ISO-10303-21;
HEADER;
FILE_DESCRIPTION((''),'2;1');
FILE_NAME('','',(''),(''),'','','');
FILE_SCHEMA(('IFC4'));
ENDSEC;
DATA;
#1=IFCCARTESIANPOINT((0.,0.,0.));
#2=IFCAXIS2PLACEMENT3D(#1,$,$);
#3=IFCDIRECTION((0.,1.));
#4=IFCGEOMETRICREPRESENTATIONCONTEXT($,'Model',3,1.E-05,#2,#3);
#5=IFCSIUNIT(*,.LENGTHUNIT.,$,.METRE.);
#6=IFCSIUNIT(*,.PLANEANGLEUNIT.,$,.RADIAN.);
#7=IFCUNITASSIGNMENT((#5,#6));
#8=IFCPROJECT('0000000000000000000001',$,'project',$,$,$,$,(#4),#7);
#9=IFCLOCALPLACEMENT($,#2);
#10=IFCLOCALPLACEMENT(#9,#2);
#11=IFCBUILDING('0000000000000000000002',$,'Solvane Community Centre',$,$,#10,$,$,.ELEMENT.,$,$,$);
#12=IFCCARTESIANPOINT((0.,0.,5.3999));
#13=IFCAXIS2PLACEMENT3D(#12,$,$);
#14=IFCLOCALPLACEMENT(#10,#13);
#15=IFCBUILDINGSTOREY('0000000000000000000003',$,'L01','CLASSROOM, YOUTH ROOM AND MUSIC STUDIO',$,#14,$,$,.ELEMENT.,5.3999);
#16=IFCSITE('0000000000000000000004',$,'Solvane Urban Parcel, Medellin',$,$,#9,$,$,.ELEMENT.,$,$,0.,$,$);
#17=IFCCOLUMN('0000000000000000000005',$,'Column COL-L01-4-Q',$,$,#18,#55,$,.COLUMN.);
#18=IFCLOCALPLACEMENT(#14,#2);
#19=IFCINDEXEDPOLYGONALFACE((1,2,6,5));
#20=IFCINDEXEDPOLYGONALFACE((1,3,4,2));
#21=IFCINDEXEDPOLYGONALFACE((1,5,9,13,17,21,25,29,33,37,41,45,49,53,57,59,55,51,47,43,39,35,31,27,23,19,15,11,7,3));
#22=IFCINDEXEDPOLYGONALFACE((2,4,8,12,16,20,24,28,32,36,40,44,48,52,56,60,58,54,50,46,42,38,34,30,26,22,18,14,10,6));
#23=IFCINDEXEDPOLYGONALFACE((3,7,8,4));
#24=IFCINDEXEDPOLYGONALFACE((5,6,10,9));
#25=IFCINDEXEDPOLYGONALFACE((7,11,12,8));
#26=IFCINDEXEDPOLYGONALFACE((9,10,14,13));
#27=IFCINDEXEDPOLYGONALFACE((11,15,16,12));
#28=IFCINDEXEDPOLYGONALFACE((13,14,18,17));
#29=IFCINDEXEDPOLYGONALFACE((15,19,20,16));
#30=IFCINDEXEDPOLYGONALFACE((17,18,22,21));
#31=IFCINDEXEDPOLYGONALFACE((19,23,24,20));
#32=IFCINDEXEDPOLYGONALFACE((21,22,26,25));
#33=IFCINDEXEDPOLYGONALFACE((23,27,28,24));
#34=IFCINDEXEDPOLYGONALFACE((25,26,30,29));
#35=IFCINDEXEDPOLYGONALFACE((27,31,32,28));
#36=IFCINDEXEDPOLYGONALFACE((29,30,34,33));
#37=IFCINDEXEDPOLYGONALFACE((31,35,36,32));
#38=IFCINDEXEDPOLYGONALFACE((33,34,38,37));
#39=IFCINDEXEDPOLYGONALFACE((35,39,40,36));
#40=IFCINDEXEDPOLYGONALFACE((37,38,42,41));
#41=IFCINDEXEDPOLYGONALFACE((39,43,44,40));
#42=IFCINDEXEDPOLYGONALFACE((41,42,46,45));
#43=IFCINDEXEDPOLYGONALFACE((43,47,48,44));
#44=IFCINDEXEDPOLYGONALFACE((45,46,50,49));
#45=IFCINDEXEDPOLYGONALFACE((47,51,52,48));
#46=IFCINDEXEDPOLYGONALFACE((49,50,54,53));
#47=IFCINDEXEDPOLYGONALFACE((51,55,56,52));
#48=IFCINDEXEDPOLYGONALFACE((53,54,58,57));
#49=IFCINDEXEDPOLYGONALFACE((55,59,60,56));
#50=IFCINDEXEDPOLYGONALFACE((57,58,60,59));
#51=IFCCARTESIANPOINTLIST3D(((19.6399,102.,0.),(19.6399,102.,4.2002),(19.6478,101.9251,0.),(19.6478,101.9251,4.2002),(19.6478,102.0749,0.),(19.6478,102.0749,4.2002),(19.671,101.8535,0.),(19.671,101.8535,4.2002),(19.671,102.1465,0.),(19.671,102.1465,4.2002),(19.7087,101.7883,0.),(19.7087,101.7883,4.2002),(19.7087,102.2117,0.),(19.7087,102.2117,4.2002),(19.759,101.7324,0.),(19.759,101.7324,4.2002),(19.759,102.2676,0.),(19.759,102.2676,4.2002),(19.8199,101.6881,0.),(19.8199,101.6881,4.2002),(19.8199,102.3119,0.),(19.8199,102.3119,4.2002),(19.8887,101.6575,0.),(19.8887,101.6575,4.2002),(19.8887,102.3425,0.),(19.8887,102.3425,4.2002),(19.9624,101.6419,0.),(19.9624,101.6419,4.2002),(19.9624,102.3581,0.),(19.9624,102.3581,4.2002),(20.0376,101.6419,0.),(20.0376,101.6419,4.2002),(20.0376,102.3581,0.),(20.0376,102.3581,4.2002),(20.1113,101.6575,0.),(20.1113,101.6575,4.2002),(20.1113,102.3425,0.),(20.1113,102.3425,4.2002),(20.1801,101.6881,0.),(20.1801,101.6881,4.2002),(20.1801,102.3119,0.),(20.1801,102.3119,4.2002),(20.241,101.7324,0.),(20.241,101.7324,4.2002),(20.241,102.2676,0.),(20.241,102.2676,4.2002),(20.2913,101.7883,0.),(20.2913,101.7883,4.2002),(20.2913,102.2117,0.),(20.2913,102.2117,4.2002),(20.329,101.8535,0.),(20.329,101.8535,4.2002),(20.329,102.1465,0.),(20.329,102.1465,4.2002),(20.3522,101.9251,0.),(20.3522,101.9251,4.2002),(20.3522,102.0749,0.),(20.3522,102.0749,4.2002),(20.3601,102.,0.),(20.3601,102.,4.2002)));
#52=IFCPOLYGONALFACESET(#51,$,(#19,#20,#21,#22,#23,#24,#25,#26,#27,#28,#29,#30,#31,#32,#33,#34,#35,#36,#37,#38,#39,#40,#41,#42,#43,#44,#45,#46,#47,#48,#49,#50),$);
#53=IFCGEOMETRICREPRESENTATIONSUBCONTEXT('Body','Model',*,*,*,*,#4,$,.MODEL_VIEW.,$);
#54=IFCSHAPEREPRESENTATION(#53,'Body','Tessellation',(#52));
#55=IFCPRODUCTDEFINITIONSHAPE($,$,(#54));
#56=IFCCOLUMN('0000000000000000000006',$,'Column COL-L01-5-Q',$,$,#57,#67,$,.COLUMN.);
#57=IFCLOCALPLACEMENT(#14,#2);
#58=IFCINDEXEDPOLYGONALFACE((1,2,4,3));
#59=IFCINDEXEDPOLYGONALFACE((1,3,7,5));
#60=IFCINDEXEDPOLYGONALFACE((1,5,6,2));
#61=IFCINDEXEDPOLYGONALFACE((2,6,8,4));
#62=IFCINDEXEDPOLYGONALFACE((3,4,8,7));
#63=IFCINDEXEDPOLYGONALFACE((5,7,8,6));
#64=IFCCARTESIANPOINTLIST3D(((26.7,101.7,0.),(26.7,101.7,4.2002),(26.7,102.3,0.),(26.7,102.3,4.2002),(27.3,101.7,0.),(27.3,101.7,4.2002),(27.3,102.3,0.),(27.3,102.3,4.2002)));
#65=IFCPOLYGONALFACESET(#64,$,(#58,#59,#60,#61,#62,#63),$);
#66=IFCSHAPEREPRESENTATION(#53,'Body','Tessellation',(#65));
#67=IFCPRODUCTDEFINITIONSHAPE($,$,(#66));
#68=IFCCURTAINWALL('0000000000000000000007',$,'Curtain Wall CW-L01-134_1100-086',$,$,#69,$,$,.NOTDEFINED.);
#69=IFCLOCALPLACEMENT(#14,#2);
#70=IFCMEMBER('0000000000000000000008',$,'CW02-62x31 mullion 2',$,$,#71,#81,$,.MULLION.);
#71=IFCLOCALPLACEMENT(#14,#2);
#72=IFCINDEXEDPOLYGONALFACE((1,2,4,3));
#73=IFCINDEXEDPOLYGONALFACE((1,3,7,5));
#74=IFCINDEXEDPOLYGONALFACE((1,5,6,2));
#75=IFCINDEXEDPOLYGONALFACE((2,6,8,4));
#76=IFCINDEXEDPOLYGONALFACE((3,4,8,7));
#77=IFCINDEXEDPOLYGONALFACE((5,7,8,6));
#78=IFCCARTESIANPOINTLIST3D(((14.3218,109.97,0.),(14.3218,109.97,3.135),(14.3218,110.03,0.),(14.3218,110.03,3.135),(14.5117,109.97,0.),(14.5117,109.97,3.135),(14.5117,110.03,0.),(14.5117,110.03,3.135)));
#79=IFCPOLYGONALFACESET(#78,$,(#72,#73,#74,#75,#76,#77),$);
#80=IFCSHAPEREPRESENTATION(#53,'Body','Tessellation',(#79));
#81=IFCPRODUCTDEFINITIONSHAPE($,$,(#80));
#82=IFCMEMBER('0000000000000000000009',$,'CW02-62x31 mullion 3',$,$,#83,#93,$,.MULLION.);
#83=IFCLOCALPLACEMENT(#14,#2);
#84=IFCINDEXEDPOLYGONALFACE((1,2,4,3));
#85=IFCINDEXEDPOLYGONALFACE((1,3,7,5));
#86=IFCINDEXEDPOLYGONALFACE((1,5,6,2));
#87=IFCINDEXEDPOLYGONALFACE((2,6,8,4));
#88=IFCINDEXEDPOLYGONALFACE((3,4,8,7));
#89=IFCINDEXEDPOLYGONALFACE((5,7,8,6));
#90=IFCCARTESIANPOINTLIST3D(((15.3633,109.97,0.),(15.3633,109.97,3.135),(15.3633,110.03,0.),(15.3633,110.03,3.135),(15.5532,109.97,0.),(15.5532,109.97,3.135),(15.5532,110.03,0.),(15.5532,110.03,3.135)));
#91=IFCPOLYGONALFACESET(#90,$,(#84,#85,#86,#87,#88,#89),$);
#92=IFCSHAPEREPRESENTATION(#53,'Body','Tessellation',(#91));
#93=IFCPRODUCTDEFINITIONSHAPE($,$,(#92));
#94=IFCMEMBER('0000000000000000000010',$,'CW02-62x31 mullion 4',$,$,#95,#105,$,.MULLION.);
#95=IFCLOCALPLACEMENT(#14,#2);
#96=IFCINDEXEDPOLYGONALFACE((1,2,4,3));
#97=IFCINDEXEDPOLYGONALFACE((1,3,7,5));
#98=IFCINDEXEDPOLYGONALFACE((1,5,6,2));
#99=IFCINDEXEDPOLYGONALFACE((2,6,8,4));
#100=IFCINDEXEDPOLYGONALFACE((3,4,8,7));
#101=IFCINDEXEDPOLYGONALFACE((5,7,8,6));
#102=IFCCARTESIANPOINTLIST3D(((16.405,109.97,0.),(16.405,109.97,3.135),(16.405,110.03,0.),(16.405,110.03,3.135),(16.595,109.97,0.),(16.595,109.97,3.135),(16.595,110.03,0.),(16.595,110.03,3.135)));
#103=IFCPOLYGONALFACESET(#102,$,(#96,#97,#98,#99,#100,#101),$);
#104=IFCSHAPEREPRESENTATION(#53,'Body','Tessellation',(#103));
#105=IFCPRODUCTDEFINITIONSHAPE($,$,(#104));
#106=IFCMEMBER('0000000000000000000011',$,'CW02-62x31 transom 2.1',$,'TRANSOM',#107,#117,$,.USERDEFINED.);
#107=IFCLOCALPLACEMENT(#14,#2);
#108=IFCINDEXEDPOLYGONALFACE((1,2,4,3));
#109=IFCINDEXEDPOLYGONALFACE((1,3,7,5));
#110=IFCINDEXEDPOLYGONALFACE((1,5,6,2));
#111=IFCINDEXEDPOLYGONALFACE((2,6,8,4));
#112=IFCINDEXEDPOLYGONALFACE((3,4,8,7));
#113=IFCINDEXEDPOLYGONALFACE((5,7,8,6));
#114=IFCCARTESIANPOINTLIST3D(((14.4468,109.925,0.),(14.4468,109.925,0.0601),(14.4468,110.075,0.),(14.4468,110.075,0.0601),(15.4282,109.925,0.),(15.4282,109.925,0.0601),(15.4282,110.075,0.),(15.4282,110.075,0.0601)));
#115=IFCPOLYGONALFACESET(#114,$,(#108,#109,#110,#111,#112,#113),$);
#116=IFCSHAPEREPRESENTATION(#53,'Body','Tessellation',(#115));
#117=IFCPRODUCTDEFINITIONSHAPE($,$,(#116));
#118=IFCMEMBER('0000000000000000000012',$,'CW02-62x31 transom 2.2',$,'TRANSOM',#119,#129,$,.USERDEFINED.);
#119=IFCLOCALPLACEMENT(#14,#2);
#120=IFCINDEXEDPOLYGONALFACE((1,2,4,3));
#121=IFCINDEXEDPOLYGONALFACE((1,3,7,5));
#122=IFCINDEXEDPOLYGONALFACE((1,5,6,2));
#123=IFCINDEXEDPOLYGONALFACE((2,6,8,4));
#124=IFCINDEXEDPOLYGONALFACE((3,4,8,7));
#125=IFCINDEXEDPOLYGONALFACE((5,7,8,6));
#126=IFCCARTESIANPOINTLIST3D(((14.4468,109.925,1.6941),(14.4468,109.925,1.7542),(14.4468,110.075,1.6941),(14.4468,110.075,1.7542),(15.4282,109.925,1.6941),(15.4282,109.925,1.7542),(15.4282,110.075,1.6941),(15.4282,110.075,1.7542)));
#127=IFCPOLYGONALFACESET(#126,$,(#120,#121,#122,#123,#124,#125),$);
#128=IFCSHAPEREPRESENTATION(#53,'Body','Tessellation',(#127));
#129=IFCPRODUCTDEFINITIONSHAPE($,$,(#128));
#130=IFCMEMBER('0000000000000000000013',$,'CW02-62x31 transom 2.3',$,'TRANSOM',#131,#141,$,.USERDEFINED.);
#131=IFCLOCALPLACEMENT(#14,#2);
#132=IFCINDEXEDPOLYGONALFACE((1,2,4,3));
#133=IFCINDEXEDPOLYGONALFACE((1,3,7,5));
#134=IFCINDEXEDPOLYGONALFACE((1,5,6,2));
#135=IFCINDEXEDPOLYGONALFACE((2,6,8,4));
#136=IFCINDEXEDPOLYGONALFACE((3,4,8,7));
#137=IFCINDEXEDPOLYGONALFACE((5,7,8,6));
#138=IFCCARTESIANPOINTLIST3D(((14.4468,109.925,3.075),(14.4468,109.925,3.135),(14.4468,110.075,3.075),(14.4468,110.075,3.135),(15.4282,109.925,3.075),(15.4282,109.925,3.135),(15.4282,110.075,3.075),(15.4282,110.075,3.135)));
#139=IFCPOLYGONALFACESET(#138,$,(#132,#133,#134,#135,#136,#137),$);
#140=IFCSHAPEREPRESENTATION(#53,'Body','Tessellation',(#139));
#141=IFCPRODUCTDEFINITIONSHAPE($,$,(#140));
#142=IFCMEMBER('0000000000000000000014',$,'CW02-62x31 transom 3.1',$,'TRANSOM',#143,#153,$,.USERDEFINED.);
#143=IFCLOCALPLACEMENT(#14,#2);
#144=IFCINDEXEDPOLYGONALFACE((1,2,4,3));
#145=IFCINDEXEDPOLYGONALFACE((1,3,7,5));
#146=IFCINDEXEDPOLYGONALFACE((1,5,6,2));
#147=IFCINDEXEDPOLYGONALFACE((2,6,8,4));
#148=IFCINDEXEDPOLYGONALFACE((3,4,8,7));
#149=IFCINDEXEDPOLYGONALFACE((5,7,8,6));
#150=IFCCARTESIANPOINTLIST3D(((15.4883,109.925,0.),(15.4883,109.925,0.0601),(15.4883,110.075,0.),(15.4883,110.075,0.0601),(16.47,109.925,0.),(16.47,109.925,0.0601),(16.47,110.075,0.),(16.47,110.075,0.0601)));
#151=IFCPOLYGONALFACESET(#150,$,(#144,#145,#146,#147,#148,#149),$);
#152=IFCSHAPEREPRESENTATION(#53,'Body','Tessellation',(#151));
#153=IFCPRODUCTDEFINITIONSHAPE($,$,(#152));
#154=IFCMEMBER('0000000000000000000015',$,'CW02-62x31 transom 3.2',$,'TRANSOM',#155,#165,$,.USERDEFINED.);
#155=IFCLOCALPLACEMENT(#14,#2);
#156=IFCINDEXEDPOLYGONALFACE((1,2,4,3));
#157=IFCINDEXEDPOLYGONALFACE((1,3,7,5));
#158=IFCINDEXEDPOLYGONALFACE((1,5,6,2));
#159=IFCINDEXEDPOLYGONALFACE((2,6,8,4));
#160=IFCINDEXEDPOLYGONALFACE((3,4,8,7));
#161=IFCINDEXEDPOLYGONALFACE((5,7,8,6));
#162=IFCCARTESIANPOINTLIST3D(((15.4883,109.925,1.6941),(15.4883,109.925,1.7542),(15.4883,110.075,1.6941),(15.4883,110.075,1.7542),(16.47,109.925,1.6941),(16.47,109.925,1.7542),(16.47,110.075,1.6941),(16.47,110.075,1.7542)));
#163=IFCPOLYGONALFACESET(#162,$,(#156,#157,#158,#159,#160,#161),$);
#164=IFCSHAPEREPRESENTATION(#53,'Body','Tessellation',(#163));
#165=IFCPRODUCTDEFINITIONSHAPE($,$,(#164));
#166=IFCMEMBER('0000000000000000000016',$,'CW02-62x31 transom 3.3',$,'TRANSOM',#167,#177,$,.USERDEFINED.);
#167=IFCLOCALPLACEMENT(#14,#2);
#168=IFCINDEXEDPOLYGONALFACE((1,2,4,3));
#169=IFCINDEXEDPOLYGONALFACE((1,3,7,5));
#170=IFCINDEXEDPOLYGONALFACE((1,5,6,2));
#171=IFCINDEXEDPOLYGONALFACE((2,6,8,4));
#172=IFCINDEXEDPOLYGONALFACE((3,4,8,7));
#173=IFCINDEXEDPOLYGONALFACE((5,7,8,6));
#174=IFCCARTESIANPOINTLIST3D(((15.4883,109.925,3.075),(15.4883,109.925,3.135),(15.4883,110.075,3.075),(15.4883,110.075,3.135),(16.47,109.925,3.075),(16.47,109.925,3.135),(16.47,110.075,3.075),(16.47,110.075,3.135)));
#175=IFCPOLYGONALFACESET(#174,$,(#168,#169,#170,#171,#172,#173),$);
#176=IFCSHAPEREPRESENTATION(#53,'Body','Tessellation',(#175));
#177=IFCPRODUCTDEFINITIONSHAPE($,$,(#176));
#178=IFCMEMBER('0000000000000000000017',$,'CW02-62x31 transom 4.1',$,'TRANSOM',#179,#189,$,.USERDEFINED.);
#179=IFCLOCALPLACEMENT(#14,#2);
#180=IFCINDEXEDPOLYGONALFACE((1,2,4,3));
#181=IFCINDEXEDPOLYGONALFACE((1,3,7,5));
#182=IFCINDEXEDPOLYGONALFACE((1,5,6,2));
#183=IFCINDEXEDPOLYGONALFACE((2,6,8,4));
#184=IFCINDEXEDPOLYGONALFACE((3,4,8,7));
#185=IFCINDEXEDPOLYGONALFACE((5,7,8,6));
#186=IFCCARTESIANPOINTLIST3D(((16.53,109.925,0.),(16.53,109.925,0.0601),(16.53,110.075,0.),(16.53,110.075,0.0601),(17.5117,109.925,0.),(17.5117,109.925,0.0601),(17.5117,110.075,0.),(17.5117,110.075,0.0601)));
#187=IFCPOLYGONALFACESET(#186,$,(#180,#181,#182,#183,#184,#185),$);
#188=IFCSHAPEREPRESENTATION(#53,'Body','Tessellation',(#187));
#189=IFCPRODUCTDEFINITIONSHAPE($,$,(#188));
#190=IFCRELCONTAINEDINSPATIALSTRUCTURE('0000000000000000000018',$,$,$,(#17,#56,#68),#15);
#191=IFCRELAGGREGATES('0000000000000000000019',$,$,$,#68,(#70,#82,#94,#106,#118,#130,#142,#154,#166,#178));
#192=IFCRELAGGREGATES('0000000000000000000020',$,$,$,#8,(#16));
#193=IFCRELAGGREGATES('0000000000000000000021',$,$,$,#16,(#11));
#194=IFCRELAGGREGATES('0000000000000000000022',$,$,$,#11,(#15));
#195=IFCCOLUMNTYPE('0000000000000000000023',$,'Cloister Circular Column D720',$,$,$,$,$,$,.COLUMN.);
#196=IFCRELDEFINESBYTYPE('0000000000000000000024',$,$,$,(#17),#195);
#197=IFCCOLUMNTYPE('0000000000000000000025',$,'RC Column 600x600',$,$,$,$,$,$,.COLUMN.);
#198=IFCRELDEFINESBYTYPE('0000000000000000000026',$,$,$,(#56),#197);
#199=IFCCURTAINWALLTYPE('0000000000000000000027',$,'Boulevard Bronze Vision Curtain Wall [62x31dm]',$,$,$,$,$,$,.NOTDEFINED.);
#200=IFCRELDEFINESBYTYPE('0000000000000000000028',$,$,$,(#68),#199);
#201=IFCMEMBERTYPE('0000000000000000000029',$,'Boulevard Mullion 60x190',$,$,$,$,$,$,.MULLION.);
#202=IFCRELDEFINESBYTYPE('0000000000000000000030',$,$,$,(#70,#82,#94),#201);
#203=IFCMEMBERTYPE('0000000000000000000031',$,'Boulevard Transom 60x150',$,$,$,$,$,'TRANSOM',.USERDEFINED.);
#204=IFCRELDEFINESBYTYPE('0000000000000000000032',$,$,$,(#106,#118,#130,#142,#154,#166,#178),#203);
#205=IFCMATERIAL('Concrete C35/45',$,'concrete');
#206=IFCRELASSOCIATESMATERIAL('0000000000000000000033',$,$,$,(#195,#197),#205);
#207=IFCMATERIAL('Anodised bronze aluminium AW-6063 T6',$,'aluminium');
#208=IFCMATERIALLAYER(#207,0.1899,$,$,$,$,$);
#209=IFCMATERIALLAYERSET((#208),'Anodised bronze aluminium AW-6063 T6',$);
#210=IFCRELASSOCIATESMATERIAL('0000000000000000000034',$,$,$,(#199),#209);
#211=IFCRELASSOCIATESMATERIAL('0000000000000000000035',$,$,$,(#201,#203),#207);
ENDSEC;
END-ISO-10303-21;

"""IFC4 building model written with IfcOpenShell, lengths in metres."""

from ifc_helpers import new_model, si_unit, direction, frame, origin, origin_2d, place, context, subcontext, project, spatial, rectangle, circle, extrude, material, layer, layer_set, material_profile, profile_set, type_object, element, aggregate, save


model = new_model("IFC4")

# Units and contexts
model_context = context("Model", 3, precision=1e-05, world=origin(), true_north=direction((0.0, 1.0)))
body_context = subcontext(model_context, "Body", "Model", "MODEL_VIEW")
ifc_project = project(units=[si_unit("LENGTHUNIT", "METRE"), si_unit("PLANEANGLEUNIT", "RADIAN")], contexts=[model_context])

# Site, building, storey
site_placement = place(None, origin())
site = spatial("IfcSite", under=ifc_project, at=site_placement, Name="Solvane Urban Parcel, Medellin", CompositionType="ELEMENT", RefElevation=0.0)
building_placement = place(site_placement, origin())
building = spatial("IfcBuilding", under=site, at=building_placement, Name="Solvane Community Centre", CompositionType="ELEMENT")
storey_placement = place(building_placement, frame((0.0, 0.0, 5.3999)))
storey = spatial("IfcBuildingStorey", under=building, at=storey_placement, Name="L01", Description="CLASSROOM, YOUTH ROOM AND MUSIC STUDIO", CompositionType="ELEMENT", Elevation=5.3999)

# Columns
ifc_material_1 = material(Name="Concrete C35/45", Category="concrete")
ifc_material_profile_1 = material_profile(ifc_material_1, circle(Radius=0.3601, at=origin_2d()), Name="RC D720")
ifc_profile_set_1 = profile_set([ifc_material_profile_1], Name="Concrete C35/45")
column_type_1 = type_object("IfcColumnType", Name="Cloister Circular Column D720", PredefinedType="COLUMN", material=ifc_profile_set_1)
column_1_placement = place(storey_placement, frame((20.0, 102.0, 0.0), z_axis=(0.0, 0.0, 1.0), x_axis=(1.0, 0.0, 0.0)))
element("IfcColumn", 1, at=column_1_placement, inside=storey, type_object=column_type_1, Name="Column COL-L01-4-Q", PredefinedType="COLUMN", context=body_context, shape_type="SweptSolid", body=[
    extrude(circle(Radius=0.3601, at=origin_2d()), origin(), (0.0, 0.0, 1.0), 4.2002),
])
ifc_material_profile_2 = material_profile(ifc_material_1, rectangle(XDim=0.6001, YDim=0.6001, at=origin_2d()), Name="RC 600x600")
ifc_profile_set_2 = profile_set([ifc_material_profile_2], Name="Concrete C35/45")
column_type_2 = type_object("IfcColumnType", Name="RC Column 600x600", PredefinedType="COLUMN", material=ifc_profile_set_2)
column_2_placement = place(storey_placement, frame((27.0, 102.0, 0.0), z_axis=(0.0, 0.0, 1.0), x_axis=(1.0, 0.0, 0.0)))
element("IfcColumn", 2, at=column_2_placement, inside=storey, type_object=column_type_2, Name="Column COL-L01-5-Q", PredefinedType="COLUMN", context=body_context, shape_type="SweptSolid", body=[
    extrude(rectangle(XDim=0.6001, YDim=0.6001, at=origin_2d()), origin(), (0.0, 0.0, 1.0), 4.2002),
])

# Curtain wall, members
ifc_material_2 = material(Name="Anodised bronze aluminium AW-6063 T6", Category="aluminium")
ifc_layer_1 = layer(ifc_material_2, 0.1899)
ifc_layer_set_1 = layer_set([ifc_layer_1], Name="Anodised bronze aluminium AW-6063 T6")
curtain_wall_type = type_object("IfcCurtainWallType", Name="Boulevard Bronze Vision Curtain Wall [62x31dm]", PredefinedType="NOTDEFINED", material=ifc_layer_set_1)
curtain_wall_placement = place(storey_placement, origin())
curtain_wall = element("IfcCurtainWall", 3, at=curtain_wall_placement, inside=storey, type_object=curtain_wall_type, Name="Curtain Wall CW-L01-134_1100-086", PredefinedType="NOTDEFINED")
ifc_material_profile_3 = material_profile(ifc_material_2, rectangle(XDim=0.0601, YDim=0.1899, at=origin_2d()), Name="CW-M 60x190")
ifc_profile_set_3 = profile_set([ifc_material_profile_3], Name="Anodised bronze aluminium AW-6063 T6")
member_type_1 = type_object("IfcMemberType", Name="Boulevard Mullion 60x190", PredefinedType="MULLION", material=ifc_profile_set_3)
member_1_placement = place(storey_placement, frame((14.4167, 110.0, 0.0), z_axis=(0.0, 0.0, 1.0), x_axis=(0.0, 1.0, 0.0)))
member_1 = element("IfcMember", 4, at=member_1_placement, type_object=member_type_1, Name="CW02-62x31 mullion 2", PredefinedType="MULLION", context=body_context, shape_type="SweptSolid", body=[
    extrude(rectangle(XDim=0.0601, YDim=0.1899, at=origin_2d()), origin(), (0.0, 0.0, 1.0), 3.135),
])
member_2_placement = place(storey_placement, frame((15.4583, 110.0, 0.0), z_axis=(0.0, 0.0, 1.0), x_axis=(0.0, 1.0, 0.0)))
member_2 = element("IfcMember", 5, at=member_2_placement, type_object=member_type_1, Name="CW02-62x31 mullion 3", PredefinedType="MULLION", context=body_context, shape_type="SweptSolid", body=[
    extrude(rectangle(XDim=0.0601, YDim=0.1899, at=origin_2d()), origin(), (0.0, 0.0, 1.0), 3.135),
])
member_3_placement = place(storey_placement, frame((16.5, 110.0, 0.0), z_axis=(0.0, 0.0, 1.0), x_axis=(0.0, 1.0, 0.0)))
member_3 = element("IfcMember", 6, at=member_3_placement, type_object=member_type_1, Name="CW02-62x31 mullion 4", PredefinedType="MULLION", context=body_context, shape_type="SweptSolid", body=[
    extrude(rectangle(XDim=0.0601, YDim=0.1899, at=origin_2d()), origin(), (0.0, 0.0, 1.0), 3.135),
])
ifc_material_profile_4 = material_profile(ifc_material_2, rectangle(XDim=0.1499, YDim=0.0601, at=origin_2d()), Name="CW-T 60x150")
ifc_profile_set_4 = profile_set([ifc_material_profile_4], Name="Anodised bronze aluminium AW-6063 T6")
member_type_2 = type_object("IfcMemberType", Name="Boulevard Transom 60x150", ElementType="TRANSOM", PredefinedType="USERDEFINED", material=ifc_profile_set_4)
member_4_placement = place(storey_placement, frame((14.4468, 110.0, 0.03), z_axis=(1.0, 0.0, 0.0), x_axis=(0.0, 1.0, 0.0)))
member_4 = element("IfcMember", 7, at=member_4_placement, type_object=member_type_2, Name="CW02-62x31 transom 2.1", ObjectType="TRANSOM", PredefinedType="USERDEFINED", context=body_context, shape_type="SweptSolid", body=[
    extrude(rectangle(XDim=0.1499, YDim=0.0601, at=origin_2d()), origin(), (0.0, 0.0, 1.0), 0.9814),
])
member_5_placement = place(storey_placement, frame((14.4468, 110.0, 1.7241), z_axis=(1.0, 0.0, 0.0), x_axis=(0.0, 1.0, 0.0)))
member_5 = element("IfcMember", 8, at=member_5_placement, type_object=member_type_2, Name="CW02-62x31 transom 2.2", ObjectType="TRANSOM", PredefinedType="USERDEFINED", context=body_context, shape_type="SweptSolid", body=[
    extrude(rectangle(XDim=0.1499, YDim=0.0601, at=origin_2d()), origin(), (0.0, 0.0, 1.0), 0.9814),
])
member_6_placement = place(storey_placement, frame((14.4468, 110.0, 3.105), z_axis=(1.0, 0.0, 0.0), x_axis=(0.0, 1.0, 0.0)))
member_6 = element("IfcMember", 9, at=member_6_placement, type_object=member_type_2, Name="CW02-62x31 transom 2.3", ObjectType="TRANSOM", PredefinedType="USERDEFINED", context=body_context, shape_type="SweptSolid", body=[
    extrude(rectangle(XDim=0.1499, YDim=0.0601, at=origin_2d()), origin(), (0.0, 0.0, 1.0), 0.9814),
])
member_7_placement = place(storey_placement, frame((15.4883, 110.0, 0.03), z_axis=(1.0, 0.0, 0.0), x_axis=(0.0, 1.0, 0.0)))
member_7 = element("IfcMember", 10, at=member_7_placement, type_object=member_type_2, Name="CW02-62x31 transom 3.1", ObjectType="TRANSOM", PredefinedType="USERDEFINED", context=body_context, shape_type="SweptSolid", body=[
    extrude(rectangle(XDim=0.1499, YDim=0.0601, at=origin_2d()), origin(), (0.0, 0.0, 1.0), 0.9817),
])
member_8_placement = place(storey_placement, frame((15.4883, 110.0, 1.7241), z_axis=(1.0, 0.0, 0.0), x_axis=(0.0, 1.0, 0.0)))
member_8 = element("IfcMember", 11, at=member_8_placement, type_object=member_type_2, Name="CW02-62x31 transom 3.2", ObjectType="TRANSOM", PredefinedType="USERDEFINED", context=body_context, shape_type="SweptSolid", body=[
    extrude(rectangle(XDim=0.1499, YDim=0.0601, at=origin_2d()), origin(), (0.0, 0.0, 1.0), 0.9817),
])
member_9_placement = place(storey_placement, frame((15.4883, 110.0, 3.105), z_axis=(1.0, 0.0, 0.0), x_axis=(0.0, 1.0, 0.0)))
member_9 = element("IfcMember", 12, at=member_9_placement, type_object=member_type_2, Name="CW02-62x31 transom 3.3", ObjectType="TRANSOM", PredefinedType="USERDEFINED", context=body_context, shape_type="SweptSolid", body=[
    extrude(rectangle(XDim=0.1499, YDim=0.0601, at=origin_2d()), origin(), (0.0, 0.0, 1.0), 0.9817),
])
member_10_placement = place(storey_placement, frame((16.53, 110.0, 0.03), z_axis=(1.0, 0.0, 0.0), x_axis=(0.0, 1.0, 0.0)))
member_10 = element("IfcMember", 13, at=member_10_placement, type_object=member_type_2, Name="CW02-62x31 transom 4.1", ObjectType="TRANSOM", PredefinedType="USERDEFINED", context=body_context, shape_type="SweptSolid", body=[
    extrude(rectangle(XDim=0.1499, YDim=0.0601, at=origin_2d()), origin(), (0.0, 0.0, 1.0), 0.9817),
])

aggregate(curtain_wall, [member_1, member_2, member_3, member_4, member_5, member_6, member_7, member_8, member_9, member_10])

save(model, "model.ifc")
